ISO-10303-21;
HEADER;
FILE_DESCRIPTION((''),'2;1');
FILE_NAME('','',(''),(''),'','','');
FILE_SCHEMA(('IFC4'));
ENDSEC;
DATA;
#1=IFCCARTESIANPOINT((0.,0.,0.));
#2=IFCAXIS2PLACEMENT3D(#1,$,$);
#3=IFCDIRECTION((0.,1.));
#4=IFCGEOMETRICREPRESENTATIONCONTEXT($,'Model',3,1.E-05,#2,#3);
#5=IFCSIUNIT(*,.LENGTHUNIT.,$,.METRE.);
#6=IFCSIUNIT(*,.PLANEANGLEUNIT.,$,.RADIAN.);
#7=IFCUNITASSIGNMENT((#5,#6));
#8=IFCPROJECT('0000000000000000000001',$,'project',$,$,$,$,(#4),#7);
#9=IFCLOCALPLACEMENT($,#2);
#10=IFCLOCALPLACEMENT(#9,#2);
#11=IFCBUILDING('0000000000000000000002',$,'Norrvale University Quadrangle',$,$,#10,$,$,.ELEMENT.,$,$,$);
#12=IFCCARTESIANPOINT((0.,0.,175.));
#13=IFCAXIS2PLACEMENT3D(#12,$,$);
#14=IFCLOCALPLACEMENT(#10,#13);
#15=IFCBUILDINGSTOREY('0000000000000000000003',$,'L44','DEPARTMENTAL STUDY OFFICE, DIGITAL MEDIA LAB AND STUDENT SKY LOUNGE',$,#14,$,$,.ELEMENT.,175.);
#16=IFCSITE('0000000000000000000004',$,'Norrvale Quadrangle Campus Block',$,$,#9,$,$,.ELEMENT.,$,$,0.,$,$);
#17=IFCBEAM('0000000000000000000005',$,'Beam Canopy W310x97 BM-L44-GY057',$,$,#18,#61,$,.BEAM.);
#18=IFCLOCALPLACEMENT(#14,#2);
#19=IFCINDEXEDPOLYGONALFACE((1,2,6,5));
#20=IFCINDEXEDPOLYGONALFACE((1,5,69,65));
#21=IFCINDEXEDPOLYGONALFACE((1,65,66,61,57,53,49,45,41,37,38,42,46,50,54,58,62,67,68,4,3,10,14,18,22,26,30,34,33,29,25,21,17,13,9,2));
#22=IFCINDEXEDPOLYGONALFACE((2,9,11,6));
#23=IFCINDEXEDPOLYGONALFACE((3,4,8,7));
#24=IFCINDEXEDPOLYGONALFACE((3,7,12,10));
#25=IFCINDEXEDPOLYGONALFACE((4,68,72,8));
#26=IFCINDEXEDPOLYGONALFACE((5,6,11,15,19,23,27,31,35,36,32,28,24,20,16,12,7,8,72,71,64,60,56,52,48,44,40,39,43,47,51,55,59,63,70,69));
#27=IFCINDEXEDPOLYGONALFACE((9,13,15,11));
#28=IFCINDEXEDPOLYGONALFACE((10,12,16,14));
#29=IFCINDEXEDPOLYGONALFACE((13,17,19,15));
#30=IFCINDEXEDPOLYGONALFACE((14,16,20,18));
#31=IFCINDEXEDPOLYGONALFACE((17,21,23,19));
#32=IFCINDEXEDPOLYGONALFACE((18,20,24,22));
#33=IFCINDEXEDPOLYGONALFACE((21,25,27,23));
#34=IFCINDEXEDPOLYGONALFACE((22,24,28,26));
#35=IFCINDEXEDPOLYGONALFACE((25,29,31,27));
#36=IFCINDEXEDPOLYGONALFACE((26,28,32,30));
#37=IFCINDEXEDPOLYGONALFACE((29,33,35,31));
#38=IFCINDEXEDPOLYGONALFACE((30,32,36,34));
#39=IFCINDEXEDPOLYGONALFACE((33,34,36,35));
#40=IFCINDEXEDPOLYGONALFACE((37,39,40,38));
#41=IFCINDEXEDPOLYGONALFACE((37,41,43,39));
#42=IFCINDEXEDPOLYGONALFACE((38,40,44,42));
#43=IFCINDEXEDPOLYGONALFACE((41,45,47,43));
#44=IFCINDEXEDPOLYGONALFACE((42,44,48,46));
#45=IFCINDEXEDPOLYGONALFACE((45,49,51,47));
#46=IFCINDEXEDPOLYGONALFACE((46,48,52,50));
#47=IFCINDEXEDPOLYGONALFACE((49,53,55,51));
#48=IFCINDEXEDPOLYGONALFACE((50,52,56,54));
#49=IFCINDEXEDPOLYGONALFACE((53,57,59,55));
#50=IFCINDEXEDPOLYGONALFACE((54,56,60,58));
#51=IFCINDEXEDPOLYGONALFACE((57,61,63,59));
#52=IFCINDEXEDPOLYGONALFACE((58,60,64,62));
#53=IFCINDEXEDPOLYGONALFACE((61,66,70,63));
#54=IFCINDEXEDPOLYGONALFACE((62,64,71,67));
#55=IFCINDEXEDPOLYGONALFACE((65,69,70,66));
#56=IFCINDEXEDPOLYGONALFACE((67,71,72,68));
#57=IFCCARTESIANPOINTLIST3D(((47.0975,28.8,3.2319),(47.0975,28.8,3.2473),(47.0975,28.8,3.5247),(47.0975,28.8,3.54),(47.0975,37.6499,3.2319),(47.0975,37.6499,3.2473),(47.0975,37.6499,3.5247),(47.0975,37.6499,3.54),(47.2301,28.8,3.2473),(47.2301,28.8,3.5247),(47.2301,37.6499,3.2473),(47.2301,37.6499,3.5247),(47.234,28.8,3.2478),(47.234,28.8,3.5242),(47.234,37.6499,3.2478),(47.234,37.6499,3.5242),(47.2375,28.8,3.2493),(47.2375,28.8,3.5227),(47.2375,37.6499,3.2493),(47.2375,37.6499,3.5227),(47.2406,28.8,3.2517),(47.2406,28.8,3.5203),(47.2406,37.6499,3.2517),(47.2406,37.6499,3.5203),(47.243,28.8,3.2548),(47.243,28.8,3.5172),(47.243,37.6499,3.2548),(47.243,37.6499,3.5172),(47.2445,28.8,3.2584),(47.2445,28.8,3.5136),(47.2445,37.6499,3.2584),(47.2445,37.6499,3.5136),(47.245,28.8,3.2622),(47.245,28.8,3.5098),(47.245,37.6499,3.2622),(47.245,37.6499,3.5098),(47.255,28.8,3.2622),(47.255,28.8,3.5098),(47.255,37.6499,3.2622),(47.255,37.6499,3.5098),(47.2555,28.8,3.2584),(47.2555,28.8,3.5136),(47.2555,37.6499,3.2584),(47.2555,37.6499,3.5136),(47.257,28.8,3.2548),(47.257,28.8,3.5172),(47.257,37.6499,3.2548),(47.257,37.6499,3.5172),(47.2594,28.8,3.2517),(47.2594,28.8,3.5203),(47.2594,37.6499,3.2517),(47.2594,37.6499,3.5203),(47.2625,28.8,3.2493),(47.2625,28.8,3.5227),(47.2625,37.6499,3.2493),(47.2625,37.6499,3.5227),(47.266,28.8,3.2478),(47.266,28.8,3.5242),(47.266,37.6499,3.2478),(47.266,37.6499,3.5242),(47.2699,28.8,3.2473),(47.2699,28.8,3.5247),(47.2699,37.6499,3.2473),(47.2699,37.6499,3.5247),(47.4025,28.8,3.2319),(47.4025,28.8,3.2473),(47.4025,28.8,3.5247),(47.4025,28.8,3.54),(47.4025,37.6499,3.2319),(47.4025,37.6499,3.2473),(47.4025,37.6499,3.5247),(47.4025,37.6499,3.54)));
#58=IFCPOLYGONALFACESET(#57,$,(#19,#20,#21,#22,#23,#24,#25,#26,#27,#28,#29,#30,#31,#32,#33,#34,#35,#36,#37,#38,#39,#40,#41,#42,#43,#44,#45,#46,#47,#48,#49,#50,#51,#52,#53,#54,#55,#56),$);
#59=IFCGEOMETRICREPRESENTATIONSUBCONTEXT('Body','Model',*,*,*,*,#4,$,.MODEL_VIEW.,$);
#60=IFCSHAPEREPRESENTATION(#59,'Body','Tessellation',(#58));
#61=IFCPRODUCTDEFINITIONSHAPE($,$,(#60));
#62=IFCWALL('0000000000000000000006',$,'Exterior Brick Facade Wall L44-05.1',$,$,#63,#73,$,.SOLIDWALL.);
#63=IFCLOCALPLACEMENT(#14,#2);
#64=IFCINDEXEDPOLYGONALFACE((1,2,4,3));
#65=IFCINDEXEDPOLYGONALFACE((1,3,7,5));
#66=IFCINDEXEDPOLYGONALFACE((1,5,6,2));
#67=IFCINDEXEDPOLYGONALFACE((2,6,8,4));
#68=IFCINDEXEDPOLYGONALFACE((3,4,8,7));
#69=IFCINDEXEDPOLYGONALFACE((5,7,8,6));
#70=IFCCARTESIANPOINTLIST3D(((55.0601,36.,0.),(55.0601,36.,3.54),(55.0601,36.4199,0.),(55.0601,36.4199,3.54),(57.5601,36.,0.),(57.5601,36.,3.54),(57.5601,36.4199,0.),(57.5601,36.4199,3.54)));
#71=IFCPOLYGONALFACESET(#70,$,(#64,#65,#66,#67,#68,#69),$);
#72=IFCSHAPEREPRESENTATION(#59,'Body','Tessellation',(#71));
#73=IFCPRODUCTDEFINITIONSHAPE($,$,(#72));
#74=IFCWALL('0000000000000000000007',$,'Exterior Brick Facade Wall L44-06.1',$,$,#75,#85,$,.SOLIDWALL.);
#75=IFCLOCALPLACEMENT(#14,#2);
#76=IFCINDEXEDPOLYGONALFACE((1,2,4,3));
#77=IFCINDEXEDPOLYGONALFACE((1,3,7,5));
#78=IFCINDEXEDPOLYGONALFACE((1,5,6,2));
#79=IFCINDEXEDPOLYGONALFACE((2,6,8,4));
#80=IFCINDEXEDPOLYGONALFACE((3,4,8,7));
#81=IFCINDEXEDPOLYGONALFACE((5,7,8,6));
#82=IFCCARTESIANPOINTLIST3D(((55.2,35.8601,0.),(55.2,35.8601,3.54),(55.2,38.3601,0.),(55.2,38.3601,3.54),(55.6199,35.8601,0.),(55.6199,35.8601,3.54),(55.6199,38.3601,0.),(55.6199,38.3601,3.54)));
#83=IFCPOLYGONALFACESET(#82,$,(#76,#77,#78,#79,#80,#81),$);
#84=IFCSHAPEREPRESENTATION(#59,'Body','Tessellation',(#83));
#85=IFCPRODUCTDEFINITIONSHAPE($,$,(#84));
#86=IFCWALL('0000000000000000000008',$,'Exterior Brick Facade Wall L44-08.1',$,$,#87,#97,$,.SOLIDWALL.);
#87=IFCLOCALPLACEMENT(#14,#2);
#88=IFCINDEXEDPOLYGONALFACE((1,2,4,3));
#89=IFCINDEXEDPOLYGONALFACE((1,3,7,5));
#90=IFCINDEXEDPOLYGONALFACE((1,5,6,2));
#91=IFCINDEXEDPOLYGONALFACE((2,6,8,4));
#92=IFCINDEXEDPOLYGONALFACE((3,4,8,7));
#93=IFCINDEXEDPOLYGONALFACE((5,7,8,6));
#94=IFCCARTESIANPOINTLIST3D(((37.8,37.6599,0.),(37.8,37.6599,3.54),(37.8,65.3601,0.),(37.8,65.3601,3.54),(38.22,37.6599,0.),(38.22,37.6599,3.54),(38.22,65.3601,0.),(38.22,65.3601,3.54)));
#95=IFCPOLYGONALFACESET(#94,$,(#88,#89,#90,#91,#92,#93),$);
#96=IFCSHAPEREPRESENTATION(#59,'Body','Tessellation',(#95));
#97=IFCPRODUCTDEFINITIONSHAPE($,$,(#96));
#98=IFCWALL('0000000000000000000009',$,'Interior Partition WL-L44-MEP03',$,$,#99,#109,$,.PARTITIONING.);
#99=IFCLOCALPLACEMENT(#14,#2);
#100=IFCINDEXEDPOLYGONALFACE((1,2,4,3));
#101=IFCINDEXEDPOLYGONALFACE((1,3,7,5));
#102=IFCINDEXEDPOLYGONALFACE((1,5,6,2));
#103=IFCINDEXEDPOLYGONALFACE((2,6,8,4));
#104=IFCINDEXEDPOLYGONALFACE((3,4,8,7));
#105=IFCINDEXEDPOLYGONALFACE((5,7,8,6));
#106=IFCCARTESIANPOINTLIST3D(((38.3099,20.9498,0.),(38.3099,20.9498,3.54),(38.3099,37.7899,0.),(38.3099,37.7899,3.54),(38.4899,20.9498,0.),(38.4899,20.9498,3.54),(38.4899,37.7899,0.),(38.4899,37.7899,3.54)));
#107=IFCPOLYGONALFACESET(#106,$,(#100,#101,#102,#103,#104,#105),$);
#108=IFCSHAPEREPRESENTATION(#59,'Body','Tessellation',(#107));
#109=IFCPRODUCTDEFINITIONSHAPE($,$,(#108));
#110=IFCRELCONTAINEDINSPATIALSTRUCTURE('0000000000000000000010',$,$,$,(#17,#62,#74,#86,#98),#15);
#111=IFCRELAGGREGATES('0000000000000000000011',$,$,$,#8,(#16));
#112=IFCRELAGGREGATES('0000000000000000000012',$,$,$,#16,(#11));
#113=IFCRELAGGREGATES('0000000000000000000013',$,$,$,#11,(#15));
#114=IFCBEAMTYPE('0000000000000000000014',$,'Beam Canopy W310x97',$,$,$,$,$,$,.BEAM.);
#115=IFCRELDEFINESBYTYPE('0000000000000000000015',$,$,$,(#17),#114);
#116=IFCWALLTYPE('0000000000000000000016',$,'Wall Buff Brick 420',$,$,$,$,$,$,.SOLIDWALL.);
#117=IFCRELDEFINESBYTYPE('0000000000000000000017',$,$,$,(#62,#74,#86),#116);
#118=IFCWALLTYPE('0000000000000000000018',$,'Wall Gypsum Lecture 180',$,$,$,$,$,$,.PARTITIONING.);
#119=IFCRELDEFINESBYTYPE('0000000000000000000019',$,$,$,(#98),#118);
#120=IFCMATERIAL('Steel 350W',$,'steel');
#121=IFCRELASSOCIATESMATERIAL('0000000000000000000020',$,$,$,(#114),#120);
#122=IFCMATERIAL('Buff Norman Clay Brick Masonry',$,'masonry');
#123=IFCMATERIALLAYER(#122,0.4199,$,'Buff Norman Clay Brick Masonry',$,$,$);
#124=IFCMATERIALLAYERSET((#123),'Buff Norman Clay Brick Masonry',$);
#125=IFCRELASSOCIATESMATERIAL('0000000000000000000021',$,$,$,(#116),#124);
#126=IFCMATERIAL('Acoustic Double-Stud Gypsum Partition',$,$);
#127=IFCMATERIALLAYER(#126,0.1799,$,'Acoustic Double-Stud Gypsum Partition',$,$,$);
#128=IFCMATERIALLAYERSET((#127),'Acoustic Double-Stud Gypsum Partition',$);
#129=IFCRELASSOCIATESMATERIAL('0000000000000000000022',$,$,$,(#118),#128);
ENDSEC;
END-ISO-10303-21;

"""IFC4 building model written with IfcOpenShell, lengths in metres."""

from ifc_helpers import new_model, si_unit, direction, frame, frame_2d, origin, origin_2d, place, context, subcontext, project, spatial, rectangle, i_section, extrude, material, layer, layer_set, material_profile, profile_set, type_object, element, save


model = new_model("IFC4")

# Units and contexts
model_context = context("Model", 3, precision=1e-05, world=origin(), true_north=direction((0.0, 1.0)))
body_context = subcontext(model_context, "Body", "Model", "MODEL_VIEW")
ifc_project = project(units=[si_unit("LENGTHUNIT", "METRE"), si_unit("PLANEANGLEUNIT", "RADIAN")], contexts=[model_context])

# Site, building, storey
site_placement = place(None, origin())
site = spatial("IfcSite", under=ifc_project, at=site_placement, Name="Norrvale Quadrangle Campus Block", CompositionType="ELEMENT", RefElevation=0.0)
building_placement = place(site_placement, origin())
building = spatial("IfcBuilding", under=site, at=building_placement, Name="Norrvale University Quadrangle", CompositionType="ELEMENT")
storey_placement = place(building_placement, frame((0.0, 0.0, 175.0)))
storey = spatial("IfcBuildingStorey", under=building, at=storey_placement, Name="L44", Description="DEPARTMENTAL STUDY OFFICE, DIGITAL MEDIA LAB AND STUDENT SKY LOUNGE", CompositionType="ELEMENT", Elevation=175.0)

# Beam
ifc_material_1 = material(Name="Steel 350W", Category="steel")
ifc_material_profile_1 = material_profile(ifc_material_1, i_section(OverallWidth=0.3049, OverallDepth=0.3081, WebThickness=0.01, FlangeThickness=0.0154, FilletRadius=0.0149, at=origin_2d()), Name="Steel 350W")
ifc_profile_set_1 = profile_set([ifc_material_profile_1], Name="Steel 350W")
beam_type_1 = type_object("IfcBeamType", Name="Beam Canopy W310x97", PredefinedType="BEAM", material=ifc_profile_set_1)
beam_1_placement = place(storey_placement, frame((47.25, 28.8, 3.386), z_axis=(0.0, 1.0, 0.0), x_axis=(-1.0, 0.0, 0.0)))
element("IfcBeam", 1, at=beam_1_placement, inside=storey, type_object=beam_type_1, Name="Beam Canopy W310x97 BM-L44-GY057", PredefinedType="BEAM", context=body_context, shape_type="SweptSolid", body=[
    extrude(i_section(OverallWidth=0.3049, OverallDepth=0.3081, WebThickness=0.01, FlangeThickness=0.0154, FilletRadius=0.0149, at=origin_2d()), origin(), (0.0, 0.0, 1.0), 8.8499),
])

# Walls
ifc_material_2 = material(Name="Buff Norman Clay Brick Masonry", Category="masonry")
ifc_layer_1 = layer(ifc_material_2, 0.4199, Name="Buff Norman Clay Brick Masonry")
ifc_layer_set_1 = layer_set([ifc_layer_1], Name="Buff Norman Clay Brick Masonry")
wall_type_1 = type_object("IfcWallType", Name="Wall Buff Brick 420", PredefinedType="SOLIDWALL", material=ifc_layer_set_1)
for number, where, z_axis, x_axis, name in (
    (2, (57.5601, 36.21, 0.0), (0.0, 0.0, 1.0), (-1.0, 0.0, 0.0), "Exterior Brick Facade Wall L44-05.1"),
    (3, (55.4099, 35.8601, 0.0), (0.0, 0.0, 1.0), (0.0, 1.0, 0.0), "Exterior Brick Facade Wall L44-06.1"),
):
    element("IfcWall", number, at=place(storey_placement, frame(where, z_axis=z_axis, x_axis=x_axis)), inside=storey, type_object=wall_type_1, Name=name, PredefinedType="SOLIDWALL", context=body_context, shape_type="SweptSolid", body=[
        extrude(rectangle(XDim=2.5, YDim=0.4199, at=frame_2d((1.25, 0.0))), origin(), (0.0, 0.0, 1.0), 3.54),
    ])
wall_1_placement = place(storey_placement, frame((38.01, 37.6599, 0.0), z_axis=(0.0, 0.0, 1.0), x_axis=(0.0, 1.0, 0.0)))
element("IfcWall", 4, at=wall_1_placement, inside=storey, type_object=wall_type_1, Name="Exterior Brick Facade Wall L44-08.1", PredefinedType="SOLIDWALL", context=body_context, shape_type="SweptSolid", body=[
    extrude(rectangle(XDim=27.7002, YDim=0.4199, at=frame_2d((13.8501, 0.0))), origin(), (0.0, 0.0, 1.0), 3.54),
])
ifc_material_3 = material(Name="Acoustic Double-Stud Gypsum Partition")
ifc_layer_2 = layer(ifc_material_3, 0.1799, Name="Acoustic Double-Stud Gypsum Partition")
ifc_layer_set_2 = layer_set([ifc_layer_2], Name="Acoustic Double-Stud Gypsum Partition")
wall_type_2 = type_object("IfcWallType", Name="Wall Gypsum Lecture 180", PredefinedType="PARTITIONING", material=ifc_layer_set_2)
wall_2_placement = place(storey_placement, frame((38.3999, 20.95, 0.0), z_axis=(0.0, 0.0, 1.0), x_axis=(0.0, 1.0, 0.0)))
element("IfcWall", 5, at=wall_2_placement, inside=storey, type_object=wall_type_2, Name="Interior Partition WL-L44-MEP03", PredefinedType="PARTITIONING", context=body_context, shape_type="SweptSolid", body=[
    extrude(rectangle(XDim=16.8401, YDim=0.1799, at=frame_2d((8.4199, 0.0))), origin(), (0.0, 0.0, 1.0), 3.54),
])

save(model, "model.ifc")
